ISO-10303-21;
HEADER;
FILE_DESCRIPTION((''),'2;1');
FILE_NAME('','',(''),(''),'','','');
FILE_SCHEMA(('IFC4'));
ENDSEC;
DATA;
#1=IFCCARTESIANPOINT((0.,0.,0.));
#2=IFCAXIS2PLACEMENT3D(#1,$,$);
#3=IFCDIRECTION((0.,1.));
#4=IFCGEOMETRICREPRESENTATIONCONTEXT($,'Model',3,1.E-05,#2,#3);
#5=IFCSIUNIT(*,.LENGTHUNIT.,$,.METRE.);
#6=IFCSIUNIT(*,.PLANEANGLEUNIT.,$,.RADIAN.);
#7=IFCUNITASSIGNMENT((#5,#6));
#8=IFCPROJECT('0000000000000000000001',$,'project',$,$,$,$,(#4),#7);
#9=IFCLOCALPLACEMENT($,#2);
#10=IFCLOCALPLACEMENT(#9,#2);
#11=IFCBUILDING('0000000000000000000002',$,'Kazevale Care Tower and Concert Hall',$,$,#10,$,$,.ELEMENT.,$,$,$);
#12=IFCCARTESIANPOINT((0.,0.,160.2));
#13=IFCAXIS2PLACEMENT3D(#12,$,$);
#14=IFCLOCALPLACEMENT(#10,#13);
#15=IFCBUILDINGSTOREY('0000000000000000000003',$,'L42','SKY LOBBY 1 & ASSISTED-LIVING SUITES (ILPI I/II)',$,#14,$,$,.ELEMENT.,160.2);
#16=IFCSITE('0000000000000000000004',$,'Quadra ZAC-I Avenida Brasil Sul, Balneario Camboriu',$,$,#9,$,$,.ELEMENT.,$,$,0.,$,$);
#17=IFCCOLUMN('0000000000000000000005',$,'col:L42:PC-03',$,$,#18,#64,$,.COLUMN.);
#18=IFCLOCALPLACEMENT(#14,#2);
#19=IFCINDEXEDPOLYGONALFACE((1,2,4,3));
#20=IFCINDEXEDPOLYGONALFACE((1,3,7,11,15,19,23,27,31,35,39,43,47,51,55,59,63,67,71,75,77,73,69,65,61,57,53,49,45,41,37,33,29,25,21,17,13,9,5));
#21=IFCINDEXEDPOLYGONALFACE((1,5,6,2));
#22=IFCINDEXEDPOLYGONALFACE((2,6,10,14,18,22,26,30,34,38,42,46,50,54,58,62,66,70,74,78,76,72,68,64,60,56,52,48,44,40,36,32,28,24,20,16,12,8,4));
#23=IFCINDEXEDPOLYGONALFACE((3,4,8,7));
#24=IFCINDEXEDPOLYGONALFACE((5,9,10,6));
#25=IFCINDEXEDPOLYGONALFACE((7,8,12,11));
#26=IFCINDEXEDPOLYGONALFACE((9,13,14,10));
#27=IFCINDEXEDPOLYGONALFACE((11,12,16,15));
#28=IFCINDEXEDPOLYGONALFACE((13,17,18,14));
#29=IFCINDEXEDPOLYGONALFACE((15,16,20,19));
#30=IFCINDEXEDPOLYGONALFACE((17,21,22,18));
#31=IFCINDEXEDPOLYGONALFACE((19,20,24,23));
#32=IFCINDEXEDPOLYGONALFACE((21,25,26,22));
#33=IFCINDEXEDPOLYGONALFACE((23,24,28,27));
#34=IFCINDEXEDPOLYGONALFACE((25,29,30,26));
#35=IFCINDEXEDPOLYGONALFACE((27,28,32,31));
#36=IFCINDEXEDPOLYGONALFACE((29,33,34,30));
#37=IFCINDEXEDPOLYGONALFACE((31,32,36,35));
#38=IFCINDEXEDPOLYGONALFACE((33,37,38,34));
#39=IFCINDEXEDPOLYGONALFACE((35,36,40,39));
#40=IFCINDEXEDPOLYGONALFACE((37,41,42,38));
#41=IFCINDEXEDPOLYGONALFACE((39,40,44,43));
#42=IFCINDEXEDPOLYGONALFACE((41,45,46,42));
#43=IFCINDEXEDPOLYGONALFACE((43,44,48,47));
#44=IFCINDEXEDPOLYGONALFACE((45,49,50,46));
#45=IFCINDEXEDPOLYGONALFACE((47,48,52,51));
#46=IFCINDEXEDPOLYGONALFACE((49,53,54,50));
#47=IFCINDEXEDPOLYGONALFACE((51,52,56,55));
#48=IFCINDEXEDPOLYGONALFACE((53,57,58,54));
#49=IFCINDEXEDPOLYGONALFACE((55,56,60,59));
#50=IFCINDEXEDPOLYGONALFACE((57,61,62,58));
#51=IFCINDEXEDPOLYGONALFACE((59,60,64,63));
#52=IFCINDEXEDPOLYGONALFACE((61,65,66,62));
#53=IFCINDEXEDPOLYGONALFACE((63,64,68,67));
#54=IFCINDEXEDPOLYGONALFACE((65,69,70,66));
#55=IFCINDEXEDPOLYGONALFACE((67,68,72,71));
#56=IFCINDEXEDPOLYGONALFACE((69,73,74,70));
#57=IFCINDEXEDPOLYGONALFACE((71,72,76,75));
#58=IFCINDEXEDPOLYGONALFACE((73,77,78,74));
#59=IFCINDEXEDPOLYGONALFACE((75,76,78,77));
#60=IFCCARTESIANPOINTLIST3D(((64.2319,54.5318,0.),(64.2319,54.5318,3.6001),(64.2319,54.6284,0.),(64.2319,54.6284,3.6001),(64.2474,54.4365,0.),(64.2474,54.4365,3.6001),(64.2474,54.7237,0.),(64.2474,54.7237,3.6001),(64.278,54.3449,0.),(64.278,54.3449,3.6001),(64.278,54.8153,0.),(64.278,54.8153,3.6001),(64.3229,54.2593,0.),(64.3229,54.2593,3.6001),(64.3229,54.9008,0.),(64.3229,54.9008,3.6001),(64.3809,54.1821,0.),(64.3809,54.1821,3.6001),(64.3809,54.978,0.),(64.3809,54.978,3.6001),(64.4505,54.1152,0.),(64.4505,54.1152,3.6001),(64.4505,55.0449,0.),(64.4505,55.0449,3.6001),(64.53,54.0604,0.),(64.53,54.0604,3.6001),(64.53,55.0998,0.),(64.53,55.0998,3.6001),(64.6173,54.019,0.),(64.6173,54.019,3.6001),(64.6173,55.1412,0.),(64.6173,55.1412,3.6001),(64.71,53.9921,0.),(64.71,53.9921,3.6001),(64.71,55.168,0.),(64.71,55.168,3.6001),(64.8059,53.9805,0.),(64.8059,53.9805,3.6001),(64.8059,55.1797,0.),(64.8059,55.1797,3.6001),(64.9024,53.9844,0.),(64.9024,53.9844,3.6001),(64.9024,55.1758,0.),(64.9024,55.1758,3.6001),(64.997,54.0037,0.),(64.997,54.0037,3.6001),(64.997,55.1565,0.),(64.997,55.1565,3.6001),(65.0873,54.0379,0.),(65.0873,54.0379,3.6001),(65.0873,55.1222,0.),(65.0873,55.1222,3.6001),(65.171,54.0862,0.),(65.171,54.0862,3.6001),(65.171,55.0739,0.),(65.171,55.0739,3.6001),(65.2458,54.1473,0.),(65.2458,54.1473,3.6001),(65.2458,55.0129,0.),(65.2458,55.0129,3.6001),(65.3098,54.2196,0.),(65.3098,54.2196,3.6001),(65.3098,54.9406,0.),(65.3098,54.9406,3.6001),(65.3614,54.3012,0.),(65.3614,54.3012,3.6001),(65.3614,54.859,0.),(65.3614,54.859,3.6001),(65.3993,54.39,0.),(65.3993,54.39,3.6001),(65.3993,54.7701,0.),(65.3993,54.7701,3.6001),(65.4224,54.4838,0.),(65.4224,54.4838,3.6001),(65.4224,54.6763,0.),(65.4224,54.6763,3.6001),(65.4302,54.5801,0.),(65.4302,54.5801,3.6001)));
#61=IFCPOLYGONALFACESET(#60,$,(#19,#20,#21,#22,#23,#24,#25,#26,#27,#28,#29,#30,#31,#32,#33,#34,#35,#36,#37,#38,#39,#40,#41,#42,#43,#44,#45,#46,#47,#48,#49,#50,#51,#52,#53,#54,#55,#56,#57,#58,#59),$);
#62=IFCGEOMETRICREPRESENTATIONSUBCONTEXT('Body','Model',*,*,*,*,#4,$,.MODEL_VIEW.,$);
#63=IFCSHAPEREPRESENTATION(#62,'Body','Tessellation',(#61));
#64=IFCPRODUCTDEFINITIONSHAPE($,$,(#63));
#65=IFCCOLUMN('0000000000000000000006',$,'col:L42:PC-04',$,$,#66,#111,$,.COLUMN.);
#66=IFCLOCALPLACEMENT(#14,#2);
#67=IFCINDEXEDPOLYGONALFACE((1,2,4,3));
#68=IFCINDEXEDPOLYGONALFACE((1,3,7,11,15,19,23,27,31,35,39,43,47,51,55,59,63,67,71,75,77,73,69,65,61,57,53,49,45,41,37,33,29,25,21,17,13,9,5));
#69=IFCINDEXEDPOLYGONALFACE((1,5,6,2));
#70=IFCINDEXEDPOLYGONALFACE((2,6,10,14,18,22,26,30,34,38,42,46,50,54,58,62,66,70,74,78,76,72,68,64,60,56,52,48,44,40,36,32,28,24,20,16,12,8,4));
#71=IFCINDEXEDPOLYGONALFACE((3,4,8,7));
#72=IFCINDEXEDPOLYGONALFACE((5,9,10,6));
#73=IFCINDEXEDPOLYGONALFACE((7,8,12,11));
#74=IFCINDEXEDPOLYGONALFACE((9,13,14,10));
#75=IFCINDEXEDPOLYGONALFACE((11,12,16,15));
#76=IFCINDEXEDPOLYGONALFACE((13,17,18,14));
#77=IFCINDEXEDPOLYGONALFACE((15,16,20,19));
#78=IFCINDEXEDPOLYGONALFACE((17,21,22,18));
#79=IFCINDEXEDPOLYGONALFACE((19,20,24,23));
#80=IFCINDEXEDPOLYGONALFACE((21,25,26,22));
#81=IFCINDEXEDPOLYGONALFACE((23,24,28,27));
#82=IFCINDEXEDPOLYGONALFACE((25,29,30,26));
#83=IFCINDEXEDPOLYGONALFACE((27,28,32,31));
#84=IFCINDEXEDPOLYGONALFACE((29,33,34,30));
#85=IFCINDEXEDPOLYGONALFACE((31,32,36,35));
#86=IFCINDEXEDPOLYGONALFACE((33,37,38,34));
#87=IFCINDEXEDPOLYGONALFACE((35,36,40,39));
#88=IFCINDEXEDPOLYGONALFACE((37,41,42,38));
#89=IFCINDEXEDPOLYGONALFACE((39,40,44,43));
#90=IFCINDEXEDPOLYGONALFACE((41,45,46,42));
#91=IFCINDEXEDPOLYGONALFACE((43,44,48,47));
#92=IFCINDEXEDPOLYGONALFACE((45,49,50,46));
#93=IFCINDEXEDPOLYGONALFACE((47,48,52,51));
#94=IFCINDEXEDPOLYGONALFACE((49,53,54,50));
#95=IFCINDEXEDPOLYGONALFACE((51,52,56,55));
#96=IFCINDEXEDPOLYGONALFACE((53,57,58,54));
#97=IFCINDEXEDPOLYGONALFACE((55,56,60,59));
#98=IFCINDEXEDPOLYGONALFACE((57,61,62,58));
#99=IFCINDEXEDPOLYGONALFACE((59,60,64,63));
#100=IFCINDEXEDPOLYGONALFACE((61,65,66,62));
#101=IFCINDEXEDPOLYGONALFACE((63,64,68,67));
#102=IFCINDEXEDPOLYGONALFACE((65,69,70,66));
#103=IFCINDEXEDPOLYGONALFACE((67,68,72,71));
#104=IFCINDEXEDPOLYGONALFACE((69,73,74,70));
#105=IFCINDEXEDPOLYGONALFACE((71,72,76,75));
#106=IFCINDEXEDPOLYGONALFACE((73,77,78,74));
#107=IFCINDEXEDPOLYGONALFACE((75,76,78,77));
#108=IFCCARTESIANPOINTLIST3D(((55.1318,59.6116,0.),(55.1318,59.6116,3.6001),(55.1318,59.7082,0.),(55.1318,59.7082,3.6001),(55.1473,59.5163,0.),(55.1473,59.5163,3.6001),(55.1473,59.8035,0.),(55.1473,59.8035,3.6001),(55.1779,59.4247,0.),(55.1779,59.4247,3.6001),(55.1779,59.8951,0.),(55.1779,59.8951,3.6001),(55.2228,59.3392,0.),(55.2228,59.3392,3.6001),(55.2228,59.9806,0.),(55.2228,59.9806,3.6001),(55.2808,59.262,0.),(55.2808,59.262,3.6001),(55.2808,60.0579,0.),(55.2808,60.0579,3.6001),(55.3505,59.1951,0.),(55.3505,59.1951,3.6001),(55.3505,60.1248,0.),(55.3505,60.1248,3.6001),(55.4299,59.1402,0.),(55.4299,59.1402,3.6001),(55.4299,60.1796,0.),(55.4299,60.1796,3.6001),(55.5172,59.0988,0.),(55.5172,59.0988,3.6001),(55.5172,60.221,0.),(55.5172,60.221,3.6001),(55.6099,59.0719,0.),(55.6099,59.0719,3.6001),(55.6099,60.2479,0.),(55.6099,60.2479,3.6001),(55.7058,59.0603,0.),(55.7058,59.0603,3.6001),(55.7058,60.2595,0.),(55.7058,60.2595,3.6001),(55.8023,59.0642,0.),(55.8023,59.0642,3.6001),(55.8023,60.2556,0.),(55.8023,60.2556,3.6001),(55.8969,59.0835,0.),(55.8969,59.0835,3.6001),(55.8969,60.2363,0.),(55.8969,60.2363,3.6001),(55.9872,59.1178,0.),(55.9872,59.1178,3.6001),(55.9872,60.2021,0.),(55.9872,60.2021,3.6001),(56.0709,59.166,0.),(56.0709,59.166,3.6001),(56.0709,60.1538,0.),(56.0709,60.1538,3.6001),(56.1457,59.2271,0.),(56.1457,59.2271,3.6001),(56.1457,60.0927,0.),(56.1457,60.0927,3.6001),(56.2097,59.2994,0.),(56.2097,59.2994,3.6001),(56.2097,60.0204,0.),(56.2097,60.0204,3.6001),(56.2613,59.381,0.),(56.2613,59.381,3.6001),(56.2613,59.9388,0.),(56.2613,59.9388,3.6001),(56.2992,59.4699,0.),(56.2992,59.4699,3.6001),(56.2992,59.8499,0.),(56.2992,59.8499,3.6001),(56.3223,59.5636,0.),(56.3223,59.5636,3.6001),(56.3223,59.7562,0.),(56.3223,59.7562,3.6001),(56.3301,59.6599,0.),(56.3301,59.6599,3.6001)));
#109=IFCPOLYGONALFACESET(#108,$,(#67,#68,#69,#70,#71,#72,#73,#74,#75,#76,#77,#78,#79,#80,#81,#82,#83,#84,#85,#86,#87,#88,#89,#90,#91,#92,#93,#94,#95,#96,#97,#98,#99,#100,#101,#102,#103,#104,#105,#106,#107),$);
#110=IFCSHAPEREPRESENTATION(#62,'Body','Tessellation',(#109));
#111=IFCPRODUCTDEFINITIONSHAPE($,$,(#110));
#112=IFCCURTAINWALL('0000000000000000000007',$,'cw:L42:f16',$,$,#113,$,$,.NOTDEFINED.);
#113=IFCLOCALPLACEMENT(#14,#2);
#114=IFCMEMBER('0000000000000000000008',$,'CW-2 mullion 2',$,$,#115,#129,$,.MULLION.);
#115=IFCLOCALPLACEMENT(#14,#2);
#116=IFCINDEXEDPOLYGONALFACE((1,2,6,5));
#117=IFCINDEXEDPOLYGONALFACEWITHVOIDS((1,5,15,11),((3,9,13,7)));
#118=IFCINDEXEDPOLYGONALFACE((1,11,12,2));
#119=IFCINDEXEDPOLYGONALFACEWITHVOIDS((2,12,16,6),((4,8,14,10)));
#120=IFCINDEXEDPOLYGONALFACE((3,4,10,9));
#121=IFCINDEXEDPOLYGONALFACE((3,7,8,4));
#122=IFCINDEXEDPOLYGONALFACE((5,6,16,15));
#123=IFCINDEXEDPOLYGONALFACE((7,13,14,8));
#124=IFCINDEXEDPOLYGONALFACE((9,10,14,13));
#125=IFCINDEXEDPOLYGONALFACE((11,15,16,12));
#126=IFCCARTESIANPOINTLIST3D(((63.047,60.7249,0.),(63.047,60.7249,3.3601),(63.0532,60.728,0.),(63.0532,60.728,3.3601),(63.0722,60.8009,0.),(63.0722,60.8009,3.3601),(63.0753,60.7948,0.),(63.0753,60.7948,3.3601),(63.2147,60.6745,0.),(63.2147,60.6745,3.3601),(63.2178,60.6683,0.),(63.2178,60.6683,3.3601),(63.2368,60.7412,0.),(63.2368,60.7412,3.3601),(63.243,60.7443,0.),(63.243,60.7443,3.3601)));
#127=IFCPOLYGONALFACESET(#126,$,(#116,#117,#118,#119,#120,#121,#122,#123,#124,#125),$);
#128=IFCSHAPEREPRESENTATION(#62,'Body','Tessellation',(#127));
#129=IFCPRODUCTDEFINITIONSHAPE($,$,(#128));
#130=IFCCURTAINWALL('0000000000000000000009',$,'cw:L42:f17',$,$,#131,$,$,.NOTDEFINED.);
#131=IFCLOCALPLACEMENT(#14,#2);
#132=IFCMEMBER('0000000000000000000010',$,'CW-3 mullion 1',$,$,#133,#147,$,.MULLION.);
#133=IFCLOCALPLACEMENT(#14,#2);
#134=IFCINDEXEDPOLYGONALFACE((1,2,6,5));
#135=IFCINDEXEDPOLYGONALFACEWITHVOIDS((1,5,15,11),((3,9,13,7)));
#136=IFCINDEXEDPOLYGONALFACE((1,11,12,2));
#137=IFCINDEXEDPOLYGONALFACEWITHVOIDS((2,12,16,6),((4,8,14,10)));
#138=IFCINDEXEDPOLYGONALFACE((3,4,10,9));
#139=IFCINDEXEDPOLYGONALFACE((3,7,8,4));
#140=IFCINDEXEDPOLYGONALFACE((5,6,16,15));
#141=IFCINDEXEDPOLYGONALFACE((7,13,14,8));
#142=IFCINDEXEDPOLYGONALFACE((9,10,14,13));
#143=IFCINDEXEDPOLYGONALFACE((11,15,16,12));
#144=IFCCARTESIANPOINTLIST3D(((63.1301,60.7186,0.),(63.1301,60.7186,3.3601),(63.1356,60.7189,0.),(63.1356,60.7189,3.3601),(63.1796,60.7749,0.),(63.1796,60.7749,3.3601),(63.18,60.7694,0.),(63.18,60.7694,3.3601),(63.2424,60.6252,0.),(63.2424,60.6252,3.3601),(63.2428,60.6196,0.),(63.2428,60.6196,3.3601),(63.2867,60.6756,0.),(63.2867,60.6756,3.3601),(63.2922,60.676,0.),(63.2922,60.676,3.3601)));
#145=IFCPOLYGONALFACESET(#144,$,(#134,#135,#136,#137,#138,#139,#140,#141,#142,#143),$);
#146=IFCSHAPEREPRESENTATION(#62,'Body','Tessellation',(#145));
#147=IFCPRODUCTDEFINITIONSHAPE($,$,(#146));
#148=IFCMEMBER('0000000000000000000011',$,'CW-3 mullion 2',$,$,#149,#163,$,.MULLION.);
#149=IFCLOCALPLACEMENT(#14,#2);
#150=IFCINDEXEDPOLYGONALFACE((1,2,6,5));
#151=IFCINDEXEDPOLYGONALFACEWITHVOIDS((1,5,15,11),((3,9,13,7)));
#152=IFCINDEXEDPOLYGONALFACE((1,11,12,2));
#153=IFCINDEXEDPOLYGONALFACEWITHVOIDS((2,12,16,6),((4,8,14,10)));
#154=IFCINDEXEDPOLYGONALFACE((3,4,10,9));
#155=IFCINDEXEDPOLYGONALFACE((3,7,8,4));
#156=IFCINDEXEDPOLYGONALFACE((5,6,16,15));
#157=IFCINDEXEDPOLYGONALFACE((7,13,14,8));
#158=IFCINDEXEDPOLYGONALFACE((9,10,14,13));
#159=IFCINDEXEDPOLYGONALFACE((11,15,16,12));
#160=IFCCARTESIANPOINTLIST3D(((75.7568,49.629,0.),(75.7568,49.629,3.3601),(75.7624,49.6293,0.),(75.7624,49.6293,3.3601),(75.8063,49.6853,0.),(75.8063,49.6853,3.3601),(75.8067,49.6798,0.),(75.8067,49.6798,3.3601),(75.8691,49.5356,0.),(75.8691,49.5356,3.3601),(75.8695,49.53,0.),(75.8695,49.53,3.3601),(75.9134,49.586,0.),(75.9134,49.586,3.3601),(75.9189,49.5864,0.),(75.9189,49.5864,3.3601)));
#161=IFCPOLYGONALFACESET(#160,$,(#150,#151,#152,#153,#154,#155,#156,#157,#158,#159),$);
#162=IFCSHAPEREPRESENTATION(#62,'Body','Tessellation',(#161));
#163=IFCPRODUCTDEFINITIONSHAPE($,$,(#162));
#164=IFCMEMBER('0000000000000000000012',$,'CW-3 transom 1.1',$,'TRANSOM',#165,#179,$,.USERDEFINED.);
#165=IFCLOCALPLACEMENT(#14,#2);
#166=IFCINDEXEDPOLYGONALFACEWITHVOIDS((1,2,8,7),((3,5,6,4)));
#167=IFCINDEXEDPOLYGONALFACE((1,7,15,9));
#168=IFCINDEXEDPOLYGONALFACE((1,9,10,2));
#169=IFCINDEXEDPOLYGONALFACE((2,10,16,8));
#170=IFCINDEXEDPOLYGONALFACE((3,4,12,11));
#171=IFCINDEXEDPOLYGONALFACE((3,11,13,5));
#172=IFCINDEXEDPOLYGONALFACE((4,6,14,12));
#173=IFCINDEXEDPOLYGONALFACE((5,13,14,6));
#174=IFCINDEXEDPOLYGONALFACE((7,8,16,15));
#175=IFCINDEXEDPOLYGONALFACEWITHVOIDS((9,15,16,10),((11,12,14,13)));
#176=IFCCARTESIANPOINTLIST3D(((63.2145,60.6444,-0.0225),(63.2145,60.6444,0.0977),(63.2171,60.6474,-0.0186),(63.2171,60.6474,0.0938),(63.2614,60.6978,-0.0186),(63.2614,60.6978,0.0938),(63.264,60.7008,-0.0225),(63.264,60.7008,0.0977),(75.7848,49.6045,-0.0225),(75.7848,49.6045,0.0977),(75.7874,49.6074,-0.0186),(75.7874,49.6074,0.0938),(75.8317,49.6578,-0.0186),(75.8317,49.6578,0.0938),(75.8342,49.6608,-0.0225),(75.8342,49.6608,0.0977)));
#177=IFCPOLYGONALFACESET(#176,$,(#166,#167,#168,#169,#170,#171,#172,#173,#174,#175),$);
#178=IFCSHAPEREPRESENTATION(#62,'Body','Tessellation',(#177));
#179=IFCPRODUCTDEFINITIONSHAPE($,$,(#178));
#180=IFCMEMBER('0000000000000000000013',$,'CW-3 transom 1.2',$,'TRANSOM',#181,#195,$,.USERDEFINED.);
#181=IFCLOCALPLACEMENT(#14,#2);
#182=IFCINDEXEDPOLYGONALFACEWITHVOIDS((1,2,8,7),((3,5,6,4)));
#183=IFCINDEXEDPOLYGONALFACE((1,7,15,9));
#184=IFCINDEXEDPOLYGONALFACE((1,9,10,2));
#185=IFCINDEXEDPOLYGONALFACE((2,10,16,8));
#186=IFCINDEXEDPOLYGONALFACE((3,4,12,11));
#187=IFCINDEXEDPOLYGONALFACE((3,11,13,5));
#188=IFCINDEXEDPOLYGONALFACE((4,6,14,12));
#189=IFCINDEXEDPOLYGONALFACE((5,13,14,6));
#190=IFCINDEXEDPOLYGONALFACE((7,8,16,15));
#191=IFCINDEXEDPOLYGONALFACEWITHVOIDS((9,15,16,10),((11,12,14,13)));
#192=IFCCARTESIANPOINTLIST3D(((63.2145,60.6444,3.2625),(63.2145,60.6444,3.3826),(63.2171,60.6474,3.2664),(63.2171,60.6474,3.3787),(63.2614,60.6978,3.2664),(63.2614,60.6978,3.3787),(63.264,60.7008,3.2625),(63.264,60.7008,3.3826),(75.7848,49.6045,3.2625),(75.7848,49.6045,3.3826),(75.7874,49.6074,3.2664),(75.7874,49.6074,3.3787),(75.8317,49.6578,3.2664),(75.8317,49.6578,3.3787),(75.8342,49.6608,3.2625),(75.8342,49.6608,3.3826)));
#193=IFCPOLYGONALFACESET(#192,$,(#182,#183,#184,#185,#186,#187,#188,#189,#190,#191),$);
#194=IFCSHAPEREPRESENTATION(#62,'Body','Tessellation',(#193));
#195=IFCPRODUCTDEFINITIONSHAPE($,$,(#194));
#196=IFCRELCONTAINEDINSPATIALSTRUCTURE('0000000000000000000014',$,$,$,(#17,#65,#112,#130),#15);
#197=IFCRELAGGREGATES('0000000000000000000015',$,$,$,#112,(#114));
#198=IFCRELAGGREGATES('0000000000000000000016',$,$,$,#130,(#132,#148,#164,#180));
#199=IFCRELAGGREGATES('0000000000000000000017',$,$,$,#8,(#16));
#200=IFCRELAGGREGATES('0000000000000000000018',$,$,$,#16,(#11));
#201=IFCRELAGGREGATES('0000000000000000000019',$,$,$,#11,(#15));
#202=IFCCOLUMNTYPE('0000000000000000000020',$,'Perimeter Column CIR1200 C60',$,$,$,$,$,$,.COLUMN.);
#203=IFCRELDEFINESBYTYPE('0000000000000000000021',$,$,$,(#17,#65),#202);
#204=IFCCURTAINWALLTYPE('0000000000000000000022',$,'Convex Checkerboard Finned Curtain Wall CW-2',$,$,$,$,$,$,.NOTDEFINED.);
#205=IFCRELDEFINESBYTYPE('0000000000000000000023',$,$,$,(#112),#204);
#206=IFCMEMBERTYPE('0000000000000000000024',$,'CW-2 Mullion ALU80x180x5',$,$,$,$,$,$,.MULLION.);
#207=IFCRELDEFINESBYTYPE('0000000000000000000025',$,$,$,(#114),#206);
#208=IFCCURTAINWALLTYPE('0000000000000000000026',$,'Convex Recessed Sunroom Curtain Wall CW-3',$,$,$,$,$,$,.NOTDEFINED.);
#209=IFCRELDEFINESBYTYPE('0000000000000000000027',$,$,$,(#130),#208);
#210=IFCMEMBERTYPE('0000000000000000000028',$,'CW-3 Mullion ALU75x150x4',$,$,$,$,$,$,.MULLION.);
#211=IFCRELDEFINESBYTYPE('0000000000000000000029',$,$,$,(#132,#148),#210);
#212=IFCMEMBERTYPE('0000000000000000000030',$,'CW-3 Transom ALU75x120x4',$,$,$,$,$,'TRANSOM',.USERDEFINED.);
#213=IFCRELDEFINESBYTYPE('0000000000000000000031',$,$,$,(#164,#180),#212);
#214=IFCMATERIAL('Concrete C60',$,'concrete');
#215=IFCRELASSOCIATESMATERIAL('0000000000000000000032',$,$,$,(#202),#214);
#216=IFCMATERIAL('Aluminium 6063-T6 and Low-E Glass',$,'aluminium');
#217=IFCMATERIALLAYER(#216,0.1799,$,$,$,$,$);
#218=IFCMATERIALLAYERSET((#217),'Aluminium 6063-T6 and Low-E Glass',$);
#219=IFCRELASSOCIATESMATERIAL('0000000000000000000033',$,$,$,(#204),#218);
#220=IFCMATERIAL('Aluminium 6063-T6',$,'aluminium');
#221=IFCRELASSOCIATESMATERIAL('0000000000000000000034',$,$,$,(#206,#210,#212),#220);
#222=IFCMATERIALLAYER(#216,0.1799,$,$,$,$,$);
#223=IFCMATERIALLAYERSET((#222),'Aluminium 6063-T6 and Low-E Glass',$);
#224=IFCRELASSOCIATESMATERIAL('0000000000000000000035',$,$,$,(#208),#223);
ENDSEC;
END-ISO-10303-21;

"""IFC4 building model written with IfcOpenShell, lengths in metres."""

from ifc_helpers import new_model, si_unit, direction, frame, origin, origin_2d, place, context, subcontext, project, spatial, hollow_rectangle, circle, extrude, material, layer, layer_set, material_profile, profile_set, type_object, element, aggregate, save


model = new_model("IFC4")

# Units and contexts
model_context = context("Model", 3, precision=1e-05, world=origin(), true_north=direction((0.0, 1.0)))
body_context = subcontext(model_context, "Body", "Model", "MODEL_VIEW")
ifc_project = project(units=[si_unit("LENGTHUNIT", "METRE"), si_unit("PLANEANGLEUNIT", "RADIAN")], contexts=[model_context])

# Site, building, storey
site_placement = place(None, origin())
site = spatial("IfcSite", under=ifc_project, at=site_placement, Name="Quadra ZAC-I Avenida Brasil Sul, Balneario Camboriu", CompositionType="ELEMENT", RefElevation=0.0)
building_placement = place(site_placement, origin())
building = spatial("IfcBuilding", under=site, at=building_placement, Name="Kazevale Care Tower and Concert Hall", CompositionType="ELEMENT")
storey_placement = place(building_placement, frame((0.0, 0.0, 160.2)))
storey = spatial("IfcBuildingStorey", under=building, at=storey_placement, Name="L42", Description="SKY LOBBY 1 & ASSISTED-LIVING SUITES (ILPI I/II)", CompositionType="ELEMENT", Elevation=160.2)

# Columns
ifc_material_1 = material(Name="Concrete C60", Category="concrete")
ifc_material_profile_1 = material_profile(ifc_material_1, circle(Radius=0.6001, at=origin_2d()), Name="RC-CIR1200")
ifc_profile_set_1 = profile_set([ifc_material_profile_1], Name="Concrete C60")
column_type = type_object("IfcColumnType", Name="Perimeter Column CIR1200 C60", PredefinedType="COLUMN", material=ifc_profile_set_1)
for number, where, z_axis, x_axis, name in (
    (1, (64.8301, 54.5801, 0.0), (0.0, 0.0, 1.0), (1.0, 0.0, 0.0), "col:L42:PC-03"),
    (2, (55.73, 59.6599, 0.0), (0.0, 0.0, 1.0), (1.0, 0.0, 0.0), "col:L42:PC-04"),
):
    element("IfcColumn", number, at=place(storey_placement, frame(where, z_axis=z_axis, x_axis=x_axis)), inside=storey, type_object=column_type, Name=name, PredefinedType="COLUMN", context=body_context, shape_type="SweptSolid", body=[
        extrude(circle(Radius=0.6001, at=origin_2d()), origin(), (0.0, 0.0, 1.0), 3.6001),
    ])

# Curtain wall, member
ifc_material_2 = material(Name="Aluminium 6063-T6 and Low-E Glass", Category="aluminium")
ifc_layer_1 = layer(ifc_material_2, 0.1799)
ifc_layer_set_1 = layer_set([ifc_layer_1], Name="Aluminium 6063-T6 and Low-E Glass")
curtain_wall_type_1 = type_object("IfcCurtainWallType", Name="Convex Checkerboard Finned Curtain Wall CW-2", PredefinedType="NOTDEFINED", material=ifc_layer_set_1)
curtain_wall_1_placement = place(storey_placement, origin())
curtain_wall_1 = element("IfcCurtainWall", 3, at=curtain_wall_1_placement, inside=storey, type_object=curtain_wall_type_1, Name="cw:L42:f16", PredefinedType="NOTDEFINED")
ifc_material_3 = material(Name="Aluminium 6063-T6", Category="aluminium")
ifc_material_profile_2 = material_profile(ifc_material_3, hollow_rectangle(XDim=0.0801, YDim=0.1799, WallThickness=0.0049, at=origin_2d()), Name="ALU80x180x5")
ifc_profile_set_2 = profile_set([ifc_material_profile_2], Name="Aluminium 6063-T6")
member_type_1 = type_object("IfcMemberType", Name="CW-2 Mullion ALU80x180x5", PredefinedType="MULLION", material=ifc_profile_set_2)
member_1_placement = place(storey_placement, frame((63.145, 60.7346, 0.0), z_axis=(0.0, 0.0, 1.0), x_axis=(0.314868, 0.949135, 0.0)))
member_1 = element("IfcMember", 4, at=member_1_placement, type_object=member_type_1, Name="CW-2 mullion 2", PredefinedType="MULLION", context=body_context, shape_type="SweptSolid", body=[
    extrude(hollow_rectangle(XDim=0.0801, YDim=0.1799, WallThickness=0.0049, at=origin_2d()), origin(), (0.0, 0.0, 1.0), 3.3601),
])
aggregate(curtain_wall_1, [member_1])

# Curtain wall, members
ifc_layer_2 = layer(ifc_material_2, 0.1799)
ifc_layer_set_2 = layer_set([ifc_layer_2], Name="Aluminium 6063-T6 and Low-E Glass")
curtain_wall_type_2 = type_object("IfcCurtainWallType", Name="Convex Recessed Sunroom Curtain Wall CW-3", PredefinedType="NOTDEFINED", material=ifc_layer_set_2)
curtain_wall_2_placement = place(storey_placement, origin())
curtain_wall_2 = element("IfcCurtainWall", 5, at=curtain_wall_2_placement, inside=storey, type_object=curtain_wall_type_2, Name="cw:L42:f17", PredefinedType="NOTDEFINED")
ifc_material_profile_3 = material_profile(ifc_material_3, hollow_rectangle(XDim=0.075, YDim=0.1499, WallThickness=0.0039, at=origin_2d()), Name="ALU75x150x4")
ifc_profile_set_3 = profile_set([ifc_material_profile_3], Name="Aluminium 6063-T6")
member_type_2 = type_object("IfcMemberType", Name="CW-3 Mullion ALU75x150x4", PredefinedType="MULLION", material=ifc_profile_set_3)
member_2_placement = place(storey_placement, frame((63.2112, 60.6973, 0.0), z_axis=(0.0, 0.0, 1.0), x_axis=(0.659892, 0.751361, 0.0)))
member_2 = element("IfcMember", 6, at=member_2_placement, type_object=member_type_2, Name="CW-3 mullion 1", PredefinedType="MULLION", context=body_context, shape_type="SweptSolid", body=[
    extrude(hollow_rectangle(XDim=0.075, YDim=0.1499, WallThickness=0.0039, at=origin_2d()), origin(), (0.0, 0.0, 1.0), 3.3601),
])
member_3_placement = place(storey_placement, frame((75.8379, 49.6077, 0.0), z_axis=(0.0, 0.0, 1.0), x_axis=(0.659892, 0.751361, 0.0)))
member_3 = element("IfcMember", 7, at=member_3_placement, type_object=member_type_2, Name="CW-3 mullion 2", PredefinedType="MULLION", context=body_context, shape_type="SweptSolid", body=[
    extrude(hollow_rectangle(XDim=0.075, YDim=0.1499, WallThickness=0.0039, at=origin_2d()), origin(), (0.0, 0.0, 1.0), 3.3601),
])
ifc_material_profile_4 = material_profile(ifc_material_3, hollow_rectangle(XDim=0.075, YDim=0.1201, WallThickness=0.0039, at=origin_2d()), Name="ALU75x120x4")
ifc_profile_set_4 = profile_set([ifc_material_profile_4], Name="Aluminium 6063-T6")
member_type_3 = type_object("IfcMemberType", Name="CW-3 Transom ALU75x120x4", ElementType="TRANSOM", PredefinedType="USERDEFINED", material=ifc_profile_set_4)
member_4_placement = place(storey_placement, frame((63.2393, 60.6726, 0.0376), z_axis=(0.75136, -0.659892, 0.0), x_axis=(0.659892, 0.75136, 0.0)))
member_4 = element("IfcMember", 8, at=member_4_placement, type_object=member_type_3, Name="CW-3 transom 1.1", ObjectType="TRANSOM", PredefinedType="USERDEFINED", context=body_context, shape_type="SweptSolid", body=[
    extrude(hollow_rectangle(XDim=0.075, YDim=0.1201, WallThickness=0.0039, at=origin_2d()), origin(), (0.0, 0.0, 1.0), 16.73),
])
member_5_placement = place(storey_placement, frame((63.2393, 60.6726, 3.3225), z_axis=(0.75136, -0.659892, 0.0), x_axis=(0.659892, 0.75136, 0.0)))
member_5 = element("IfcMember", 9, at=member_5_placement, type_object=member_type_3, Name="CW-3 transom 1.2", ObjectType="TRANSOM", PredefinedType="USERDEFINED", context=body_context, shape_type="SweptSolid", body=[
    extrude(hollow_rectangle(XDim=0.075, YDim=0.1201, WallThickness=0.0039, at=origin_2d()), origin(), (0.0, 0.0, 1.0), 16.73),
])

aggregate(curtain_wall_2, [member_2, member_3, member_4, member_5])

save(model, "model.ifc")
